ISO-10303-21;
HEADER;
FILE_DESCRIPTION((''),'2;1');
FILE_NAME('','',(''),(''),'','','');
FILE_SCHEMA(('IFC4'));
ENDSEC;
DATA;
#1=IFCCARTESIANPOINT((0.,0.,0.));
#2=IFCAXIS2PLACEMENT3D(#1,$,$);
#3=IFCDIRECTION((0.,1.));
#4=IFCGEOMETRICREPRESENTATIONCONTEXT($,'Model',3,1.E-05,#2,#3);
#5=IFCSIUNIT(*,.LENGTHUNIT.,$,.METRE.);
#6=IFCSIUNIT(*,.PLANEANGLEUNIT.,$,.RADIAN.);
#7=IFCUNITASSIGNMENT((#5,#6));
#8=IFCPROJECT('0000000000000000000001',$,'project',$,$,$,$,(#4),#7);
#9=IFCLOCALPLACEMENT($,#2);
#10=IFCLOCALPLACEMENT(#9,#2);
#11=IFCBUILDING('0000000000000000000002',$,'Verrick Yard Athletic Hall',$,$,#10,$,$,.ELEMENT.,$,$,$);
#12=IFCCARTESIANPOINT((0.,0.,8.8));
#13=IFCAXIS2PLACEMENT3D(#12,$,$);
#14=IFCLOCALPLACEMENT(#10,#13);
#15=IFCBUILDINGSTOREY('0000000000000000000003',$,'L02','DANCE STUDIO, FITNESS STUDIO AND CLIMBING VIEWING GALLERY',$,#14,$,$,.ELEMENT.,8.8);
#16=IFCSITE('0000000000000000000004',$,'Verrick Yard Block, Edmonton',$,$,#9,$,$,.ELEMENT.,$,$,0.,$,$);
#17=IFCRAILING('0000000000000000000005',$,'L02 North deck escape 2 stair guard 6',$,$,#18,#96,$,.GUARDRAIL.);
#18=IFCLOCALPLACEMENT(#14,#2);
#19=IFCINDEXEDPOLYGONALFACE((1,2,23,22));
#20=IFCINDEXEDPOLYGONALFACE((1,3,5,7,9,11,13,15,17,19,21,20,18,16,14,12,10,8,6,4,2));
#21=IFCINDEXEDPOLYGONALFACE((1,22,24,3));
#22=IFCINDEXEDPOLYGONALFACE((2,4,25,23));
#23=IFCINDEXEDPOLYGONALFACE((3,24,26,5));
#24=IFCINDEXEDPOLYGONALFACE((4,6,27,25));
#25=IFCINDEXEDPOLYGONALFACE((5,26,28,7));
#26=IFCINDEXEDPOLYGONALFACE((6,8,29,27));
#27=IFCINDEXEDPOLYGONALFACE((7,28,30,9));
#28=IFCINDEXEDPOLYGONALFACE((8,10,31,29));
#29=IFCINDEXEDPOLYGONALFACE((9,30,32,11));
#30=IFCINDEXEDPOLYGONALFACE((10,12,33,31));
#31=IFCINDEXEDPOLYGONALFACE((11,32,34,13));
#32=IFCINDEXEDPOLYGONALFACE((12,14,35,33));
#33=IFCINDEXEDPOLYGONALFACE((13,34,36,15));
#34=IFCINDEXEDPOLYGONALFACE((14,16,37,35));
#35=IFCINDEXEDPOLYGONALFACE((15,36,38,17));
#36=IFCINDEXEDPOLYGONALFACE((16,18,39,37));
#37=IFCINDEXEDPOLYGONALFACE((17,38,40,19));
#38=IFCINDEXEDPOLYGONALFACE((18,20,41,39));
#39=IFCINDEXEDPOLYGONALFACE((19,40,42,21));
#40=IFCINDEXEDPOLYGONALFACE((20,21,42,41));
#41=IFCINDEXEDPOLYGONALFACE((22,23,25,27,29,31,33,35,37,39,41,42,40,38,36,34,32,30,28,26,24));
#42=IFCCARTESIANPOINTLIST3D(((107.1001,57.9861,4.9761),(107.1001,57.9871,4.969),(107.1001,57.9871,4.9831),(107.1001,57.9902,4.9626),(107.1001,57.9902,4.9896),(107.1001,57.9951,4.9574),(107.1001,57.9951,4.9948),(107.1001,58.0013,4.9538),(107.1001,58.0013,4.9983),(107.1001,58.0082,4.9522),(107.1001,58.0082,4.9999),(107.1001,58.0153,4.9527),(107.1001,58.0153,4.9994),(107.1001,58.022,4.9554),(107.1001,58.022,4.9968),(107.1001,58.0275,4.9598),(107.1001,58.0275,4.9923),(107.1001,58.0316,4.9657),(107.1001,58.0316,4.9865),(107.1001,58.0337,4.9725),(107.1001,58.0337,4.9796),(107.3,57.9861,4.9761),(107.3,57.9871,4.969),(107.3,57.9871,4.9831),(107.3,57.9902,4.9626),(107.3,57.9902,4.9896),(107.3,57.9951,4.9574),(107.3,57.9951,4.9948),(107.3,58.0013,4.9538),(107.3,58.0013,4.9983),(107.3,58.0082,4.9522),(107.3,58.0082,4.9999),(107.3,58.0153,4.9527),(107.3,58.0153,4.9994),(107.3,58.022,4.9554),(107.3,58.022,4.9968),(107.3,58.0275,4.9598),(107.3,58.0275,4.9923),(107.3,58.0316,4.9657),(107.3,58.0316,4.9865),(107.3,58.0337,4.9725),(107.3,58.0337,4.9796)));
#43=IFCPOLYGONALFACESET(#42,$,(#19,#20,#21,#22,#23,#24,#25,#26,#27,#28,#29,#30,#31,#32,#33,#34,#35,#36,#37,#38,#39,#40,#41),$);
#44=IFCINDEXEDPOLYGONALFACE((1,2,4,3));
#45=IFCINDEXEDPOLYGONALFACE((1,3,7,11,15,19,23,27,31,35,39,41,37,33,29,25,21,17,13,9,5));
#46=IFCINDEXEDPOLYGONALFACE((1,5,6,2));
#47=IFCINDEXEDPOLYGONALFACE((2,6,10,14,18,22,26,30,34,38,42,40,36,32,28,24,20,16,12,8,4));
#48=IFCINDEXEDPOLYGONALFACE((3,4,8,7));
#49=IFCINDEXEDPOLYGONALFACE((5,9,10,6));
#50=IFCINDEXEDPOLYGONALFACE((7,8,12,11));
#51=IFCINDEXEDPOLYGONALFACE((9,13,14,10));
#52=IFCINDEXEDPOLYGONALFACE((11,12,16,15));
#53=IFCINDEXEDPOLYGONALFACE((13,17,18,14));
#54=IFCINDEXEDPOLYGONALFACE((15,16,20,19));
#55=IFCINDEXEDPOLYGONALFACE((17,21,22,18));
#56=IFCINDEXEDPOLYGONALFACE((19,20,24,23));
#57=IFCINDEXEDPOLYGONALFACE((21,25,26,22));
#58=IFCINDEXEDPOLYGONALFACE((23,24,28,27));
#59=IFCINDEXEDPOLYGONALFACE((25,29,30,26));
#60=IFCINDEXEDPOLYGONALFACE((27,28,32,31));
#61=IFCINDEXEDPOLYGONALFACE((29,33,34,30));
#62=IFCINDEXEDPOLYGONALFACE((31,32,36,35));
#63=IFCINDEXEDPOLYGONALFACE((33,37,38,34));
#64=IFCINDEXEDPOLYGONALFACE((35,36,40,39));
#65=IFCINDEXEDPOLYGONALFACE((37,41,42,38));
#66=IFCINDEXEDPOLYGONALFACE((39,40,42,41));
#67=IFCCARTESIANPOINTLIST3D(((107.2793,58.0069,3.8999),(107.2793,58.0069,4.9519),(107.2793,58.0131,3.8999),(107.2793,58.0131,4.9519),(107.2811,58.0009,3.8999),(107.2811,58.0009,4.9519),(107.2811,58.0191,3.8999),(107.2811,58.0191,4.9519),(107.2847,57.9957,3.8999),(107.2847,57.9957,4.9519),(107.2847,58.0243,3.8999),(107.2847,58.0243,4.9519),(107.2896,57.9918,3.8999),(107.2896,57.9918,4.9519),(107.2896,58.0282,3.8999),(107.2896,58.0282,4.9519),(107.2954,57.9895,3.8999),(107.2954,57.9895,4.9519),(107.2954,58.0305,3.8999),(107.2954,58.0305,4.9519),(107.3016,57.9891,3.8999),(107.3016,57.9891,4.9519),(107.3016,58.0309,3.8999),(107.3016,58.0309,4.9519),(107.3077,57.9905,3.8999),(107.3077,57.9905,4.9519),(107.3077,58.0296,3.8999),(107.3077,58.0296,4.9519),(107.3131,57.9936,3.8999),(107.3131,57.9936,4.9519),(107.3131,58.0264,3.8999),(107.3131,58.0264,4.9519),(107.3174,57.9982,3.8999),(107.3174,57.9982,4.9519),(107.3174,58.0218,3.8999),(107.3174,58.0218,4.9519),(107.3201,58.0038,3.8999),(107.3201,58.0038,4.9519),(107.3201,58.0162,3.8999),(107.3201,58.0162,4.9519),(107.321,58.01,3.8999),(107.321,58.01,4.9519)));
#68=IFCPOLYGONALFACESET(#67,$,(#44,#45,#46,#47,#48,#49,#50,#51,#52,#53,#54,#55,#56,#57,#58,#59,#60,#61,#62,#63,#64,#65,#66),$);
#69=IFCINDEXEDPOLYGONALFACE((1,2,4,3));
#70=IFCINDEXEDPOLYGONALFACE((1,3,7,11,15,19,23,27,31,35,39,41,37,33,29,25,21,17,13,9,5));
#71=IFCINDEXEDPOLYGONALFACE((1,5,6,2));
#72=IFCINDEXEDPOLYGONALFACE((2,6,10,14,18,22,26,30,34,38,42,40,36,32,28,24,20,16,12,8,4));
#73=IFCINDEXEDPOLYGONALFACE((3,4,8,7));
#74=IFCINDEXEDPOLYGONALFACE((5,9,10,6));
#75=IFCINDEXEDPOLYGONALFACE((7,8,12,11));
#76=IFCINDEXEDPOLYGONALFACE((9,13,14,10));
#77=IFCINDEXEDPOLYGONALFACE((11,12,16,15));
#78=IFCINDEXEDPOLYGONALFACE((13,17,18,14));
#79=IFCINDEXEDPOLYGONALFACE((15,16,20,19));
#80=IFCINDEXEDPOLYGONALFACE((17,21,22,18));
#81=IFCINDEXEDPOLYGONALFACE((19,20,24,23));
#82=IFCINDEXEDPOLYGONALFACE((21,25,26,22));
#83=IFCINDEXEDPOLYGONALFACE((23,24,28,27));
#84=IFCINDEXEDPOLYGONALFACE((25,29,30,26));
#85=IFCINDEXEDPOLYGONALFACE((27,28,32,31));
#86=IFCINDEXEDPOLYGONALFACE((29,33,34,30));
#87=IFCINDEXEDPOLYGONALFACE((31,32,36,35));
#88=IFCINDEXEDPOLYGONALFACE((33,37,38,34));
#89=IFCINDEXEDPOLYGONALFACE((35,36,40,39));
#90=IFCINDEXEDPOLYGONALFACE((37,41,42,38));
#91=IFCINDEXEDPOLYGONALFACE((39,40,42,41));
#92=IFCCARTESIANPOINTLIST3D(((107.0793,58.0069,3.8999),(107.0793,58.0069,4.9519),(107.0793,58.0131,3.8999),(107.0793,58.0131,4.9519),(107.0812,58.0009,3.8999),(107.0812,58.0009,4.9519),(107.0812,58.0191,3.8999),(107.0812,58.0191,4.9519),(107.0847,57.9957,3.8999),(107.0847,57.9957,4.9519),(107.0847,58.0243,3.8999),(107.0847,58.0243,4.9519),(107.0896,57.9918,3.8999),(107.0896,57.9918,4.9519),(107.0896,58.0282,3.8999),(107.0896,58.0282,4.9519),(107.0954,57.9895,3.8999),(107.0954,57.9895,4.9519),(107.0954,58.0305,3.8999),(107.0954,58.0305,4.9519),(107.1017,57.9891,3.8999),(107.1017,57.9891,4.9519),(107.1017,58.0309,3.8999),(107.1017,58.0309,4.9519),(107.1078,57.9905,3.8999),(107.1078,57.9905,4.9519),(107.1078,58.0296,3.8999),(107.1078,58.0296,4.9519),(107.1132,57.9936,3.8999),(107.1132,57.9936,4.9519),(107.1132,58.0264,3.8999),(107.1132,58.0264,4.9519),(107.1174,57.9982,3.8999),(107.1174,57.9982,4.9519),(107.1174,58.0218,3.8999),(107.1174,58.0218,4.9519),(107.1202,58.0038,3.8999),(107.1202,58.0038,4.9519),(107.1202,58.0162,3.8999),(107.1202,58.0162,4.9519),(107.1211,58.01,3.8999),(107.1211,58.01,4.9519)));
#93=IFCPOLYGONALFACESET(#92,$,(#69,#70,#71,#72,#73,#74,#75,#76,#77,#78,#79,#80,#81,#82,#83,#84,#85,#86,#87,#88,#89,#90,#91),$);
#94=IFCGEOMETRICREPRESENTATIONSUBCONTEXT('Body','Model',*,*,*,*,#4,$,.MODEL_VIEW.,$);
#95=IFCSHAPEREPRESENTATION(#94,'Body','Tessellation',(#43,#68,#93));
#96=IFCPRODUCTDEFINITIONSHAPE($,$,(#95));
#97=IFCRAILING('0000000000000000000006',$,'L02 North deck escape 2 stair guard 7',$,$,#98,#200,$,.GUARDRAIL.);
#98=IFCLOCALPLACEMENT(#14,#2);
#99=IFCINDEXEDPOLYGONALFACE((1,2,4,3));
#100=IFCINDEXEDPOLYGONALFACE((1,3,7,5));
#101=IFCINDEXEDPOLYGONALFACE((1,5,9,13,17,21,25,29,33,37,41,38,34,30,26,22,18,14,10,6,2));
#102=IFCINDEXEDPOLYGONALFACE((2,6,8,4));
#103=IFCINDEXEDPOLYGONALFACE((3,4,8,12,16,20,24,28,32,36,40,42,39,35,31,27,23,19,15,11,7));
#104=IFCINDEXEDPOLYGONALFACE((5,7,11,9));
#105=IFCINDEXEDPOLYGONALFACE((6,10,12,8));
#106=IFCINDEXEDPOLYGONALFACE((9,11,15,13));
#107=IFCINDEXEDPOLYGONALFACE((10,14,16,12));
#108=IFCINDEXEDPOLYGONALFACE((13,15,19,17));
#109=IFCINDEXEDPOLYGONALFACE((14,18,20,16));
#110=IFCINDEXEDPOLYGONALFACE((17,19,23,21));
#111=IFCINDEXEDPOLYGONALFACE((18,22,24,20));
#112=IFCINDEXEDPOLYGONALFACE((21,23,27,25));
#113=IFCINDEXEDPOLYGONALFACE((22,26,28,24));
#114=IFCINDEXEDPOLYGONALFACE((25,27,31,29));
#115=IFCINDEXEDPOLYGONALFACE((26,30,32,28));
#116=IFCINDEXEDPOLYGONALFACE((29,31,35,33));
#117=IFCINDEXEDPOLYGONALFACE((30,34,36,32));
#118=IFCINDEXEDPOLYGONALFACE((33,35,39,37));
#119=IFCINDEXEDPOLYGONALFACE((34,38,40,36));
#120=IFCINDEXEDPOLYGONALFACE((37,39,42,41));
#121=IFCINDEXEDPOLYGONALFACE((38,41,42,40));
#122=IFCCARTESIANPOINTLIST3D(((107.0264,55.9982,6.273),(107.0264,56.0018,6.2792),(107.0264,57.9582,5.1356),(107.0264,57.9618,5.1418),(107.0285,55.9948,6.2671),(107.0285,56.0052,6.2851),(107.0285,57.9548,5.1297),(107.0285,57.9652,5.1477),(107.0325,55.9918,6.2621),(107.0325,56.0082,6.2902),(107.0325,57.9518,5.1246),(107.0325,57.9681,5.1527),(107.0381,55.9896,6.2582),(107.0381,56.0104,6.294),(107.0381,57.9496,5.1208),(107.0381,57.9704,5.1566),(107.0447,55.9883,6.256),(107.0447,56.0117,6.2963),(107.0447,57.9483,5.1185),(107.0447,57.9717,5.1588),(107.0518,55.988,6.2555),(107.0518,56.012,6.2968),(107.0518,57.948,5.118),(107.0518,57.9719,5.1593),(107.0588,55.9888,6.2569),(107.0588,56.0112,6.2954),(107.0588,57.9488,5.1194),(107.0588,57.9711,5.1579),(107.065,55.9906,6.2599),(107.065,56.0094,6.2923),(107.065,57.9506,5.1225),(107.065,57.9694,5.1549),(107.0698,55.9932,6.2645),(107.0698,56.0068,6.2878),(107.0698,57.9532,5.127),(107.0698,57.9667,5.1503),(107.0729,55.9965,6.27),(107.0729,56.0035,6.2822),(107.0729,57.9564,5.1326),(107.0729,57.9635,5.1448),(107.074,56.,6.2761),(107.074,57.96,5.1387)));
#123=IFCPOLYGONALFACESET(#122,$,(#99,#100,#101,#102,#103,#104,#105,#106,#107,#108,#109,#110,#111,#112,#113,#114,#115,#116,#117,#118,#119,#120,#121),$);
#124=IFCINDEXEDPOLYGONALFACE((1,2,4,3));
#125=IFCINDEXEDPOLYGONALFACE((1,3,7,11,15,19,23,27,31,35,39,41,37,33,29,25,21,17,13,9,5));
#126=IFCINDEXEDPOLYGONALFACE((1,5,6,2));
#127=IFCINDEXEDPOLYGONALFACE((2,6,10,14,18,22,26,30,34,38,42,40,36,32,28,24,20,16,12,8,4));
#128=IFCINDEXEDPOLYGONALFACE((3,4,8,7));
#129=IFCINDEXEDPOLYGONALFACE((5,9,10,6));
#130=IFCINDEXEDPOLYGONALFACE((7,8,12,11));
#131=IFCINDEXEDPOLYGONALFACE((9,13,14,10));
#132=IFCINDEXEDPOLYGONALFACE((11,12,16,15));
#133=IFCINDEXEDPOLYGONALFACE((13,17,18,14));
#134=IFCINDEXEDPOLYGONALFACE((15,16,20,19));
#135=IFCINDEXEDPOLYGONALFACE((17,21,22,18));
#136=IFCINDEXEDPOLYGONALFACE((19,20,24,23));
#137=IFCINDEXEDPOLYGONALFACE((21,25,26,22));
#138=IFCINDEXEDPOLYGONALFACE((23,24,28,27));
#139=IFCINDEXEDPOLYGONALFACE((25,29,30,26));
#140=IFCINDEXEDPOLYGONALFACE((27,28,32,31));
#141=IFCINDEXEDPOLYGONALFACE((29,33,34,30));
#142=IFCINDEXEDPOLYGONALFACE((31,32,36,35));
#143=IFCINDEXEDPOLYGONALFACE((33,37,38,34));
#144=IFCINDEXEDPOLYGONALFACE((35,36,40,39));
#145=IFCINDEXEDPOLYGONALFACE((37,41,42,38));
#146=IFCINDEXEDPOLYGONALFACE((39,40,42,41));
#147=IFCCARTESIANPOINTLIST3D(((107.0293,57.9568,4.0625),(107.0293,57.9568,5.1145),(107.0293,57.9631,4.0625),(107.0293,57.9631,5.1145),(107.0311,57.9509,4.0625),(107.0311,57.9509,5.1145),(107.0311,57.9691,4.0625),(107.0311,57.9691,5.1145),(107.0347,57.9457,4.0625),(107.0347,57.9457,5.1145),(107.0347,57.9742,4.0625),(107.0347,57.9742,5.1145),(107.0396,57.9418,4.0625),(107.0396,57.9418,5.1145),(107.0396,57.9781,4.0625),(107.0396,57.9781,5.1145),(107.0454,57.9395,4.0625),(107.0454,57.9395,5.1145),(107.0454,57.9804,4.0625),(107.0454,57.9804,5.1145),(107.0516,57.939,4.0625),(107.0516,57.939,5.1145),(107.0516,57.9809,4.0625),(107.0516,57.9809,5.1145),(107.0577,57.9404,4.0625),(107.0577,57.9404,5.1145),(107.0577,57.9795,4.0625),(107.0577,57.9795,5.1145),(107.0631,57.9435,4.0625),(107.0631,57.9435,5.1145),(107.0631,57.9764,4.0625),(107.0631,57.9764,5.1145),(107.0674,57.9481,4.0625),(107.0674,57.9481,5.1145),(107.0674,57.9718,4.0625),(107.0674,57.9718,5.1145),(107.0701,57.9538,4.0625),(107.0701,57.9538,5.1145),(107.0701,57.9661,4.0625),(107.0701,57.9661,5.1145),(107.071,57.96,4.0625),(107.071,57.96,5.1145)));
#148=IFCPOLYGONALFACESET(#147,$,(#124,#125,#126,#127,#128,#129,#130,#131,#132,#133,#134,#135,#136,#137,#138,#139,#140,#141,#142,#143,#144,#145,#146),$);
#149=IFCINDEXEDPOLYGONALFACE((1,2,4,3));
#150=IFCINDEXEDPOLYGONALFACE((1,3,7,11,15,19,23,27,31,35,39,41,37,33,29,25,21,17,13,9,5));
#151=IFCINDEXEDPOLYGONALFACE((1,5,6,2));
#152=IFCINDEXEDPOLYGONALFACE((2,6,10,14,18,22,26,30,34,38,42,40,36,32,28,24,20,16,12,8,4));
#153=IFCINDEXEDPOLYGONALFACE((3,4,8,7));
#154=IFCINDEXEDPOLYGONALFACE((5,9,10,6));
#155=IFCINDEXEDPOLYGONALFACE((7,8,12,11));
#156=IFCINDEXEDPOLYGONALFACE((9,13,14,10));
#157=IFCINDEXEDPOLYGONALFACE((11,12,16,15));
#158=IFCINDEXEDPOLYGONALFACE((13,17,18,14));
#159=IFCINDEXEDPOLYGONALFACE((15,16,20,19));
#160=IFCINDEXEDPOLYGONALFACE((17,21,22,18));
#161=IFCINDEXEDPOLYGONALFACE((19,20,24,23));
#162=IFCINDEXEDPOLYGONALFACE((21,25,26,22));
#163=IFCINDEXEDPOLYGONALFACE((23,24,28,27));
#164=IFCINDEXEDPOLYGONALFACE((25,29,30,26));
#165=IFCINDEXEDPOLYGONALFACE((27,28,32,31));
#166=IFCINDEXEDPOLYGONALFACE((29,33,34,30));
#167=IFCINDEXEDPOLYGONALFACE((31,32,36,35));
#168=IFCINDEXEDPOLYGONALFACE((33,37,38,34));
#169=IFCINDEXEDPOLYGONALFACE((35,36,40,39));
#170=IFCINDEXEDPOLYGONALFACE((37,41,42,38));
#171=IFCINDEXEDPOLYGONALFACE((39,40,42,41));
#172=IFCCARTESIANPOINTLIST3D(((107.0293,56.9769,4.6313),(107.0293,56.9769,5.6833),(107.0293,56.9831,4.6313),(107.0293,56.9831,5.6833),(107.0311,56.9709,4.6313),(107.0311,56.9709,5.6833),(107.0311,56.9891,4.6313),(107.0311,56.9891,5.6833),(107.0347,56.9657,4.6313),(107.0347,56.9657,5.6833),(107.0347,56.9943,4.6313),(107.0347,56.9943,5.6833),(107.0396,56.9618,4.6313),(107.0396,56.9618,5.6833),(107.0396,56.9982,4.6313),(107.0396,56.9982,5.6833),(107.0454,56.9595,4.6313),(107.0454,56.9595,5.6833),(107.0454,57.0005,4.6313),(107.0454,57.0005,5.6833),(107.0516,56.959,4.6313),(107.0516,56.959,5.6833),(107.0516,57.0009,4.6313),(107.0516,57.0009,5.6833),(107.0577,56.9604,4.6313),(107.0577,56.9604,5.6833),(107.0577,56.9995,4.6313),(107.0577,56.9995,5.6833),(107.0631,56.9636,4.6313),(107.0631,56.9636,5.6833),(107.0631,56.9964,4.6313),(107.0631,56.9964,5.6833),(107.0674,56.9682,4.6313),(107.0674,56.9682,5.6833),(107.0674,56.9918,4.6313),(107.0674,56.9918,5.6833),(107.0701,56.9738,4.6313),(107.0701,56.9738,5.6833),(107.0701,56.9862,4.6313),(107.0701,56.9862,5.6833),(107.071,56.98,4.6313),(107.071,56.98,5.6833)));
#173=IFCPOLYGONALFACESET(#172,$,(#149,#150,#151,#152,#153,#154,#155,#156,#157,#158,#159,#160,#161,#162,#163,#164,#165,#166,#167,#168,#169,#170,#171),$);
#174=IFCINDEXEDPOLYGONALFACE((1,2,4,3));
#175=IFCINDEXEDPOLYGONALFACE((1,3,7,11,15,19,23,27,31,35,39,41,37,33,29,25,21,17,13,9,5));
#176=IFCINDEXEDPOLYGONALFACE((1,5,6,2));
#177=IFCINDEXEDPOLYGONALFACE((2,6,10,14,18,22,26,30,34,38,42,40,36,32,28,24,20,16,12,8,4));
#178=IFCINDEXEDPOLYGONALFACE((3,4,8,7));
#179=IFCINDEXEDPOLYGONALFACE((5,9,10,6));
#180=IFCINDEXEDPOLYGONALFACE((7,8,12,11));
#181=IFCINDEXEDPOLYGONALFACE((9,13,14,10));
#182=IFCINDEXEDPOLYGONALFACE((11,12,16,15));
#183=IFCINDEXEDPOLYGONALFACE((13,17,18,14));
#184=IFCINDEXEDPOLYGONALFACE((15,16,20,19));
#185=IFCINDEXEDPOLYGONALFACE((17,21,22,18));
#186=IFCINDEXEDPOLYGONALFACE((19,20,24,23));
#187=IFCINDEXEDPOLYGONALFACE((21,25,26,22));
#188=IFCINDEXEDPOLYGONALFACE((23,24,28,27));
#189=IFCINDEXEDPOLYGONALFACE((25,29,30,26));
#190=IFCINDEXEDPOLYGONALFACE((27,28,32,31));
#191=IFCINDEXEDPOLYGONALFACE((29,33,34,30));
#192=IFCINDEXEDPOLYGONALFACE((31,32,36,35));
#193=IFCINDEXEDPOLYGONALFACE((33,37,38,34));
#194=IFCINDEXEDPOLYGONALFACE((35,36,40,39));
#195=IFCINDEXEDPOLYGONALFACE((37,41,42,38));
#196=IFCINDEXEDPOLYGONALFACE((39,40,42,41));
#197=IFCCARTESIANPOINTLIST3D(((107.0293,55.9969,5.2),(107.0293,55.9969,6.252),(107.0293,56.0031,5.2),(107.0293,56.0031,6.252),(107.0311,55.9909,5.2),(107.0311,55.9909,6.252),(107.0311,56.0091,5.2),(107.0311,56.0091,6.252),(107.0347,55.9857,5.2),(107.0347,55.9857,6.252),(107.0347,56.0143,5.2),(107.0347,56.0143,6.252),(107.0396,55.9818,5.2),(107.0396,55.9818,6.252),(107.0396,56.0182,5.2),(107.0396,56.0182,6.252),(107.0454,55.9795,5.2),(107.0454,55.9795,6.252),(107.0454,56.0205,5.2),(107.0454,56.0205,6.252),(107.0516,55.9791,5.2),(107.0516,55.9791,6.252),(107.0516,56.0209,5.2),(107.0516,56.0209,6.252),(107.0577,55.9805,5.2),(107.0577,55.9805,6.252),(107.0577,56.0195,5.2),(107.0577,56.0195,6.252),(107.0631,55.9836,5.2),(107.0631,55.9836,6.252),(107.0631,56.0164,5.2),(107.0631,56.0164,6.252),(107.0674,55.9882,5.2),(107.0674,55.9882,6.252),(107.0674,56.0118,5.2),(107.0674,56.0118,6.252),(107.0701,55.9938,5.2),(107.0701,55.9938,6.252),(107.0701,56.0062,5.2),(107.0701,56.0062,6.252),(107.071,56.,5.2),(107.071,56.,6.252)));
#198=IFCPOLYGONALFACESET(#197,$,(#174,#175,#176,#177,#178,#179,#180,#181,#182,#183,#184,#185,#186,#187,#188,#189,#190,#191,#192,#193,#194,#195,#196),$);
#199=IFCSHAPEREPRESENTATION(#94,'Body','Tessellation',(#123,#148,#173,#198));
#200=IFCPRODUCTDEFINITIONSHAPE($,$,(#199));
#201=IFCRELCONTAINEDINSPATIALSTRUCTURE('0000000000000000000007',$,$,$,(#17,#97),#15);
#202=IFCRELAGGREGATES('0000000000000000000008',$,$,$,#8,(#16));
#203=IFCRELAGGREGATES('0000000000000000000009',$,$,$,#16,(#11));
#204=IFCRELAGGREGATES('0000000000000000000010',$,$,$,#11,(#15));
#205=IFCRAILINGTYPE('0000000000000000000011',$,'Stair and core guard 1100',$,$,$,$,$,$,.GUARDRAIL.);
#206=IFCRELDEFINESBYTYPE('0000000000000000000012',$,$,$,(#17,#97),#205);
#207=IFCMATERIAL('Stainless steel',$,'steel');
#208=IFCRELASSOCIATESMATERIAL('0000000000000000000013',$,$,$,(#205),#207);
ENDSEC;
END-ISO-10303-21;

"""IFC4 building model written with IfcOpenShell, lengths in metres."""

from ifc_helpers import new_model, si_unit, direction, frame, origin, origin_2d, place, context, subcontext, project, spatial, circle, extrude, material, type_object, element, save


model = new_model("IFC4")

# Units and contexts
model_context = context("Model", 3, precision=1e-05, world=origin(), true_north=direction((0.0, 1.0)))
body_context = subcontext(model_context, "Body", "Model", "MODEL_VIEW")
ifc_project = project(units=[si_unit("LENGTHUNIT", "METRE"), si_unit("PLANEANGLEUNIT", "RADIAN")], contexts=[model_context])

# Site, building, storey
site_placement = place(None, origin())
site = spatial("IfcSite", under=ifc_project, at=site_placement, Name="Verrick Yard Block, Edmonton", CompositionType="ELEMENT", RefElevation=0.0)
building_placement = place(site_placement, origin())
building = spatial("IfcBuilding", under=site, at=building_placement, Name="Verrick Yard Athletic Hall", CompositionType="ELEMENT")
storey_placement = place(building_placement, frame((0.0, 0.0, 8.8)))
storey = spatial("IfcBuildingStorey", under=building, at=storey_placement, Name="L02", Description="DANCE STUDIO, FITNESS STUDIO AND CLIMBING VIEWING GALLERY", CompositionType="ELEMENT", Elevation=8.8)

# Railings
ifc_material_1 = material(Name="Stainless steel", Category="steel")
railing_type_1 = type_object("IfcRailingType", Name="Stair and core guard 1100", PredefinedType="GUARDRAIL", material=ifc_material_1)
for number, where, name in (
    (1, (107.3, 58.01, 3.8999), "L02 North deck escape 2 stair guard 6"),
):
    element("IfcRailing", number, at=place(storey_placement, frame(where)), inside=storey, type_object=railing_type_1, Name=name, PredefinedType="GUARDRAIL", context=body_context, shape_type="SweptSolid", body=[
        extrude(circle(Radius=0.0239, at=origin_2d()), frame((0.0, 0.0, 1.0762), z_axis=(-1.0, 0.0, 0.0), x_axis=(0.0, -1.0, 0.0)), (0.0, 0.0, 1.0), 0.2),
        extrude(circle(Radius=0.021, at=origin_2d()), origin(), (0.0, 0.0, 1.0), 1.052),
        extrude(circle(Radius=0.021, at=origin_2d()), frame((-0.2, 0.0, 0.0)), (0.0, 0.0, 1.0), 1.052),
    ])
railing_1_placement = place(storey_placement, frame((107.05, 57.96, 4.0625)))
element("IfcRailing", 2, at=railing_1_placement, inside=storey, type_object=railing_type_1, Name="L02 North deck escape 2 stair guard 7", PredefinedType="GUARDRAIL", context=body_context, shape_type="SweptSolid", body=[
    extrude(circle(Radius=0.0239, at=origin_2d()), frame((0.0, 0.0, 1.0762), z_axis=(0.0, -0.864902, 0.501941), x_axis=(1.0, 0.0, 0.0)), (0.0, 0.0, 1.0), 2.2661),
    extrude(circle(Radius=0.021, at=origin_2d()), origin(), (0.0, 0.0, 1.0), 1.052),
    extrude(circle(Radius=0.021, at=origin_2d()), frame((0.0, -0.98, 0.5688)), (0.0, 0.0, 1.0), 1.052),
    extrude(circle(Radius=0.021, at=origin_2d()), frame((0.0, -1.96, 1.1375)), (0.0, 0.0, 1.0), 1.052),
])

save(model, "model.ifc")
